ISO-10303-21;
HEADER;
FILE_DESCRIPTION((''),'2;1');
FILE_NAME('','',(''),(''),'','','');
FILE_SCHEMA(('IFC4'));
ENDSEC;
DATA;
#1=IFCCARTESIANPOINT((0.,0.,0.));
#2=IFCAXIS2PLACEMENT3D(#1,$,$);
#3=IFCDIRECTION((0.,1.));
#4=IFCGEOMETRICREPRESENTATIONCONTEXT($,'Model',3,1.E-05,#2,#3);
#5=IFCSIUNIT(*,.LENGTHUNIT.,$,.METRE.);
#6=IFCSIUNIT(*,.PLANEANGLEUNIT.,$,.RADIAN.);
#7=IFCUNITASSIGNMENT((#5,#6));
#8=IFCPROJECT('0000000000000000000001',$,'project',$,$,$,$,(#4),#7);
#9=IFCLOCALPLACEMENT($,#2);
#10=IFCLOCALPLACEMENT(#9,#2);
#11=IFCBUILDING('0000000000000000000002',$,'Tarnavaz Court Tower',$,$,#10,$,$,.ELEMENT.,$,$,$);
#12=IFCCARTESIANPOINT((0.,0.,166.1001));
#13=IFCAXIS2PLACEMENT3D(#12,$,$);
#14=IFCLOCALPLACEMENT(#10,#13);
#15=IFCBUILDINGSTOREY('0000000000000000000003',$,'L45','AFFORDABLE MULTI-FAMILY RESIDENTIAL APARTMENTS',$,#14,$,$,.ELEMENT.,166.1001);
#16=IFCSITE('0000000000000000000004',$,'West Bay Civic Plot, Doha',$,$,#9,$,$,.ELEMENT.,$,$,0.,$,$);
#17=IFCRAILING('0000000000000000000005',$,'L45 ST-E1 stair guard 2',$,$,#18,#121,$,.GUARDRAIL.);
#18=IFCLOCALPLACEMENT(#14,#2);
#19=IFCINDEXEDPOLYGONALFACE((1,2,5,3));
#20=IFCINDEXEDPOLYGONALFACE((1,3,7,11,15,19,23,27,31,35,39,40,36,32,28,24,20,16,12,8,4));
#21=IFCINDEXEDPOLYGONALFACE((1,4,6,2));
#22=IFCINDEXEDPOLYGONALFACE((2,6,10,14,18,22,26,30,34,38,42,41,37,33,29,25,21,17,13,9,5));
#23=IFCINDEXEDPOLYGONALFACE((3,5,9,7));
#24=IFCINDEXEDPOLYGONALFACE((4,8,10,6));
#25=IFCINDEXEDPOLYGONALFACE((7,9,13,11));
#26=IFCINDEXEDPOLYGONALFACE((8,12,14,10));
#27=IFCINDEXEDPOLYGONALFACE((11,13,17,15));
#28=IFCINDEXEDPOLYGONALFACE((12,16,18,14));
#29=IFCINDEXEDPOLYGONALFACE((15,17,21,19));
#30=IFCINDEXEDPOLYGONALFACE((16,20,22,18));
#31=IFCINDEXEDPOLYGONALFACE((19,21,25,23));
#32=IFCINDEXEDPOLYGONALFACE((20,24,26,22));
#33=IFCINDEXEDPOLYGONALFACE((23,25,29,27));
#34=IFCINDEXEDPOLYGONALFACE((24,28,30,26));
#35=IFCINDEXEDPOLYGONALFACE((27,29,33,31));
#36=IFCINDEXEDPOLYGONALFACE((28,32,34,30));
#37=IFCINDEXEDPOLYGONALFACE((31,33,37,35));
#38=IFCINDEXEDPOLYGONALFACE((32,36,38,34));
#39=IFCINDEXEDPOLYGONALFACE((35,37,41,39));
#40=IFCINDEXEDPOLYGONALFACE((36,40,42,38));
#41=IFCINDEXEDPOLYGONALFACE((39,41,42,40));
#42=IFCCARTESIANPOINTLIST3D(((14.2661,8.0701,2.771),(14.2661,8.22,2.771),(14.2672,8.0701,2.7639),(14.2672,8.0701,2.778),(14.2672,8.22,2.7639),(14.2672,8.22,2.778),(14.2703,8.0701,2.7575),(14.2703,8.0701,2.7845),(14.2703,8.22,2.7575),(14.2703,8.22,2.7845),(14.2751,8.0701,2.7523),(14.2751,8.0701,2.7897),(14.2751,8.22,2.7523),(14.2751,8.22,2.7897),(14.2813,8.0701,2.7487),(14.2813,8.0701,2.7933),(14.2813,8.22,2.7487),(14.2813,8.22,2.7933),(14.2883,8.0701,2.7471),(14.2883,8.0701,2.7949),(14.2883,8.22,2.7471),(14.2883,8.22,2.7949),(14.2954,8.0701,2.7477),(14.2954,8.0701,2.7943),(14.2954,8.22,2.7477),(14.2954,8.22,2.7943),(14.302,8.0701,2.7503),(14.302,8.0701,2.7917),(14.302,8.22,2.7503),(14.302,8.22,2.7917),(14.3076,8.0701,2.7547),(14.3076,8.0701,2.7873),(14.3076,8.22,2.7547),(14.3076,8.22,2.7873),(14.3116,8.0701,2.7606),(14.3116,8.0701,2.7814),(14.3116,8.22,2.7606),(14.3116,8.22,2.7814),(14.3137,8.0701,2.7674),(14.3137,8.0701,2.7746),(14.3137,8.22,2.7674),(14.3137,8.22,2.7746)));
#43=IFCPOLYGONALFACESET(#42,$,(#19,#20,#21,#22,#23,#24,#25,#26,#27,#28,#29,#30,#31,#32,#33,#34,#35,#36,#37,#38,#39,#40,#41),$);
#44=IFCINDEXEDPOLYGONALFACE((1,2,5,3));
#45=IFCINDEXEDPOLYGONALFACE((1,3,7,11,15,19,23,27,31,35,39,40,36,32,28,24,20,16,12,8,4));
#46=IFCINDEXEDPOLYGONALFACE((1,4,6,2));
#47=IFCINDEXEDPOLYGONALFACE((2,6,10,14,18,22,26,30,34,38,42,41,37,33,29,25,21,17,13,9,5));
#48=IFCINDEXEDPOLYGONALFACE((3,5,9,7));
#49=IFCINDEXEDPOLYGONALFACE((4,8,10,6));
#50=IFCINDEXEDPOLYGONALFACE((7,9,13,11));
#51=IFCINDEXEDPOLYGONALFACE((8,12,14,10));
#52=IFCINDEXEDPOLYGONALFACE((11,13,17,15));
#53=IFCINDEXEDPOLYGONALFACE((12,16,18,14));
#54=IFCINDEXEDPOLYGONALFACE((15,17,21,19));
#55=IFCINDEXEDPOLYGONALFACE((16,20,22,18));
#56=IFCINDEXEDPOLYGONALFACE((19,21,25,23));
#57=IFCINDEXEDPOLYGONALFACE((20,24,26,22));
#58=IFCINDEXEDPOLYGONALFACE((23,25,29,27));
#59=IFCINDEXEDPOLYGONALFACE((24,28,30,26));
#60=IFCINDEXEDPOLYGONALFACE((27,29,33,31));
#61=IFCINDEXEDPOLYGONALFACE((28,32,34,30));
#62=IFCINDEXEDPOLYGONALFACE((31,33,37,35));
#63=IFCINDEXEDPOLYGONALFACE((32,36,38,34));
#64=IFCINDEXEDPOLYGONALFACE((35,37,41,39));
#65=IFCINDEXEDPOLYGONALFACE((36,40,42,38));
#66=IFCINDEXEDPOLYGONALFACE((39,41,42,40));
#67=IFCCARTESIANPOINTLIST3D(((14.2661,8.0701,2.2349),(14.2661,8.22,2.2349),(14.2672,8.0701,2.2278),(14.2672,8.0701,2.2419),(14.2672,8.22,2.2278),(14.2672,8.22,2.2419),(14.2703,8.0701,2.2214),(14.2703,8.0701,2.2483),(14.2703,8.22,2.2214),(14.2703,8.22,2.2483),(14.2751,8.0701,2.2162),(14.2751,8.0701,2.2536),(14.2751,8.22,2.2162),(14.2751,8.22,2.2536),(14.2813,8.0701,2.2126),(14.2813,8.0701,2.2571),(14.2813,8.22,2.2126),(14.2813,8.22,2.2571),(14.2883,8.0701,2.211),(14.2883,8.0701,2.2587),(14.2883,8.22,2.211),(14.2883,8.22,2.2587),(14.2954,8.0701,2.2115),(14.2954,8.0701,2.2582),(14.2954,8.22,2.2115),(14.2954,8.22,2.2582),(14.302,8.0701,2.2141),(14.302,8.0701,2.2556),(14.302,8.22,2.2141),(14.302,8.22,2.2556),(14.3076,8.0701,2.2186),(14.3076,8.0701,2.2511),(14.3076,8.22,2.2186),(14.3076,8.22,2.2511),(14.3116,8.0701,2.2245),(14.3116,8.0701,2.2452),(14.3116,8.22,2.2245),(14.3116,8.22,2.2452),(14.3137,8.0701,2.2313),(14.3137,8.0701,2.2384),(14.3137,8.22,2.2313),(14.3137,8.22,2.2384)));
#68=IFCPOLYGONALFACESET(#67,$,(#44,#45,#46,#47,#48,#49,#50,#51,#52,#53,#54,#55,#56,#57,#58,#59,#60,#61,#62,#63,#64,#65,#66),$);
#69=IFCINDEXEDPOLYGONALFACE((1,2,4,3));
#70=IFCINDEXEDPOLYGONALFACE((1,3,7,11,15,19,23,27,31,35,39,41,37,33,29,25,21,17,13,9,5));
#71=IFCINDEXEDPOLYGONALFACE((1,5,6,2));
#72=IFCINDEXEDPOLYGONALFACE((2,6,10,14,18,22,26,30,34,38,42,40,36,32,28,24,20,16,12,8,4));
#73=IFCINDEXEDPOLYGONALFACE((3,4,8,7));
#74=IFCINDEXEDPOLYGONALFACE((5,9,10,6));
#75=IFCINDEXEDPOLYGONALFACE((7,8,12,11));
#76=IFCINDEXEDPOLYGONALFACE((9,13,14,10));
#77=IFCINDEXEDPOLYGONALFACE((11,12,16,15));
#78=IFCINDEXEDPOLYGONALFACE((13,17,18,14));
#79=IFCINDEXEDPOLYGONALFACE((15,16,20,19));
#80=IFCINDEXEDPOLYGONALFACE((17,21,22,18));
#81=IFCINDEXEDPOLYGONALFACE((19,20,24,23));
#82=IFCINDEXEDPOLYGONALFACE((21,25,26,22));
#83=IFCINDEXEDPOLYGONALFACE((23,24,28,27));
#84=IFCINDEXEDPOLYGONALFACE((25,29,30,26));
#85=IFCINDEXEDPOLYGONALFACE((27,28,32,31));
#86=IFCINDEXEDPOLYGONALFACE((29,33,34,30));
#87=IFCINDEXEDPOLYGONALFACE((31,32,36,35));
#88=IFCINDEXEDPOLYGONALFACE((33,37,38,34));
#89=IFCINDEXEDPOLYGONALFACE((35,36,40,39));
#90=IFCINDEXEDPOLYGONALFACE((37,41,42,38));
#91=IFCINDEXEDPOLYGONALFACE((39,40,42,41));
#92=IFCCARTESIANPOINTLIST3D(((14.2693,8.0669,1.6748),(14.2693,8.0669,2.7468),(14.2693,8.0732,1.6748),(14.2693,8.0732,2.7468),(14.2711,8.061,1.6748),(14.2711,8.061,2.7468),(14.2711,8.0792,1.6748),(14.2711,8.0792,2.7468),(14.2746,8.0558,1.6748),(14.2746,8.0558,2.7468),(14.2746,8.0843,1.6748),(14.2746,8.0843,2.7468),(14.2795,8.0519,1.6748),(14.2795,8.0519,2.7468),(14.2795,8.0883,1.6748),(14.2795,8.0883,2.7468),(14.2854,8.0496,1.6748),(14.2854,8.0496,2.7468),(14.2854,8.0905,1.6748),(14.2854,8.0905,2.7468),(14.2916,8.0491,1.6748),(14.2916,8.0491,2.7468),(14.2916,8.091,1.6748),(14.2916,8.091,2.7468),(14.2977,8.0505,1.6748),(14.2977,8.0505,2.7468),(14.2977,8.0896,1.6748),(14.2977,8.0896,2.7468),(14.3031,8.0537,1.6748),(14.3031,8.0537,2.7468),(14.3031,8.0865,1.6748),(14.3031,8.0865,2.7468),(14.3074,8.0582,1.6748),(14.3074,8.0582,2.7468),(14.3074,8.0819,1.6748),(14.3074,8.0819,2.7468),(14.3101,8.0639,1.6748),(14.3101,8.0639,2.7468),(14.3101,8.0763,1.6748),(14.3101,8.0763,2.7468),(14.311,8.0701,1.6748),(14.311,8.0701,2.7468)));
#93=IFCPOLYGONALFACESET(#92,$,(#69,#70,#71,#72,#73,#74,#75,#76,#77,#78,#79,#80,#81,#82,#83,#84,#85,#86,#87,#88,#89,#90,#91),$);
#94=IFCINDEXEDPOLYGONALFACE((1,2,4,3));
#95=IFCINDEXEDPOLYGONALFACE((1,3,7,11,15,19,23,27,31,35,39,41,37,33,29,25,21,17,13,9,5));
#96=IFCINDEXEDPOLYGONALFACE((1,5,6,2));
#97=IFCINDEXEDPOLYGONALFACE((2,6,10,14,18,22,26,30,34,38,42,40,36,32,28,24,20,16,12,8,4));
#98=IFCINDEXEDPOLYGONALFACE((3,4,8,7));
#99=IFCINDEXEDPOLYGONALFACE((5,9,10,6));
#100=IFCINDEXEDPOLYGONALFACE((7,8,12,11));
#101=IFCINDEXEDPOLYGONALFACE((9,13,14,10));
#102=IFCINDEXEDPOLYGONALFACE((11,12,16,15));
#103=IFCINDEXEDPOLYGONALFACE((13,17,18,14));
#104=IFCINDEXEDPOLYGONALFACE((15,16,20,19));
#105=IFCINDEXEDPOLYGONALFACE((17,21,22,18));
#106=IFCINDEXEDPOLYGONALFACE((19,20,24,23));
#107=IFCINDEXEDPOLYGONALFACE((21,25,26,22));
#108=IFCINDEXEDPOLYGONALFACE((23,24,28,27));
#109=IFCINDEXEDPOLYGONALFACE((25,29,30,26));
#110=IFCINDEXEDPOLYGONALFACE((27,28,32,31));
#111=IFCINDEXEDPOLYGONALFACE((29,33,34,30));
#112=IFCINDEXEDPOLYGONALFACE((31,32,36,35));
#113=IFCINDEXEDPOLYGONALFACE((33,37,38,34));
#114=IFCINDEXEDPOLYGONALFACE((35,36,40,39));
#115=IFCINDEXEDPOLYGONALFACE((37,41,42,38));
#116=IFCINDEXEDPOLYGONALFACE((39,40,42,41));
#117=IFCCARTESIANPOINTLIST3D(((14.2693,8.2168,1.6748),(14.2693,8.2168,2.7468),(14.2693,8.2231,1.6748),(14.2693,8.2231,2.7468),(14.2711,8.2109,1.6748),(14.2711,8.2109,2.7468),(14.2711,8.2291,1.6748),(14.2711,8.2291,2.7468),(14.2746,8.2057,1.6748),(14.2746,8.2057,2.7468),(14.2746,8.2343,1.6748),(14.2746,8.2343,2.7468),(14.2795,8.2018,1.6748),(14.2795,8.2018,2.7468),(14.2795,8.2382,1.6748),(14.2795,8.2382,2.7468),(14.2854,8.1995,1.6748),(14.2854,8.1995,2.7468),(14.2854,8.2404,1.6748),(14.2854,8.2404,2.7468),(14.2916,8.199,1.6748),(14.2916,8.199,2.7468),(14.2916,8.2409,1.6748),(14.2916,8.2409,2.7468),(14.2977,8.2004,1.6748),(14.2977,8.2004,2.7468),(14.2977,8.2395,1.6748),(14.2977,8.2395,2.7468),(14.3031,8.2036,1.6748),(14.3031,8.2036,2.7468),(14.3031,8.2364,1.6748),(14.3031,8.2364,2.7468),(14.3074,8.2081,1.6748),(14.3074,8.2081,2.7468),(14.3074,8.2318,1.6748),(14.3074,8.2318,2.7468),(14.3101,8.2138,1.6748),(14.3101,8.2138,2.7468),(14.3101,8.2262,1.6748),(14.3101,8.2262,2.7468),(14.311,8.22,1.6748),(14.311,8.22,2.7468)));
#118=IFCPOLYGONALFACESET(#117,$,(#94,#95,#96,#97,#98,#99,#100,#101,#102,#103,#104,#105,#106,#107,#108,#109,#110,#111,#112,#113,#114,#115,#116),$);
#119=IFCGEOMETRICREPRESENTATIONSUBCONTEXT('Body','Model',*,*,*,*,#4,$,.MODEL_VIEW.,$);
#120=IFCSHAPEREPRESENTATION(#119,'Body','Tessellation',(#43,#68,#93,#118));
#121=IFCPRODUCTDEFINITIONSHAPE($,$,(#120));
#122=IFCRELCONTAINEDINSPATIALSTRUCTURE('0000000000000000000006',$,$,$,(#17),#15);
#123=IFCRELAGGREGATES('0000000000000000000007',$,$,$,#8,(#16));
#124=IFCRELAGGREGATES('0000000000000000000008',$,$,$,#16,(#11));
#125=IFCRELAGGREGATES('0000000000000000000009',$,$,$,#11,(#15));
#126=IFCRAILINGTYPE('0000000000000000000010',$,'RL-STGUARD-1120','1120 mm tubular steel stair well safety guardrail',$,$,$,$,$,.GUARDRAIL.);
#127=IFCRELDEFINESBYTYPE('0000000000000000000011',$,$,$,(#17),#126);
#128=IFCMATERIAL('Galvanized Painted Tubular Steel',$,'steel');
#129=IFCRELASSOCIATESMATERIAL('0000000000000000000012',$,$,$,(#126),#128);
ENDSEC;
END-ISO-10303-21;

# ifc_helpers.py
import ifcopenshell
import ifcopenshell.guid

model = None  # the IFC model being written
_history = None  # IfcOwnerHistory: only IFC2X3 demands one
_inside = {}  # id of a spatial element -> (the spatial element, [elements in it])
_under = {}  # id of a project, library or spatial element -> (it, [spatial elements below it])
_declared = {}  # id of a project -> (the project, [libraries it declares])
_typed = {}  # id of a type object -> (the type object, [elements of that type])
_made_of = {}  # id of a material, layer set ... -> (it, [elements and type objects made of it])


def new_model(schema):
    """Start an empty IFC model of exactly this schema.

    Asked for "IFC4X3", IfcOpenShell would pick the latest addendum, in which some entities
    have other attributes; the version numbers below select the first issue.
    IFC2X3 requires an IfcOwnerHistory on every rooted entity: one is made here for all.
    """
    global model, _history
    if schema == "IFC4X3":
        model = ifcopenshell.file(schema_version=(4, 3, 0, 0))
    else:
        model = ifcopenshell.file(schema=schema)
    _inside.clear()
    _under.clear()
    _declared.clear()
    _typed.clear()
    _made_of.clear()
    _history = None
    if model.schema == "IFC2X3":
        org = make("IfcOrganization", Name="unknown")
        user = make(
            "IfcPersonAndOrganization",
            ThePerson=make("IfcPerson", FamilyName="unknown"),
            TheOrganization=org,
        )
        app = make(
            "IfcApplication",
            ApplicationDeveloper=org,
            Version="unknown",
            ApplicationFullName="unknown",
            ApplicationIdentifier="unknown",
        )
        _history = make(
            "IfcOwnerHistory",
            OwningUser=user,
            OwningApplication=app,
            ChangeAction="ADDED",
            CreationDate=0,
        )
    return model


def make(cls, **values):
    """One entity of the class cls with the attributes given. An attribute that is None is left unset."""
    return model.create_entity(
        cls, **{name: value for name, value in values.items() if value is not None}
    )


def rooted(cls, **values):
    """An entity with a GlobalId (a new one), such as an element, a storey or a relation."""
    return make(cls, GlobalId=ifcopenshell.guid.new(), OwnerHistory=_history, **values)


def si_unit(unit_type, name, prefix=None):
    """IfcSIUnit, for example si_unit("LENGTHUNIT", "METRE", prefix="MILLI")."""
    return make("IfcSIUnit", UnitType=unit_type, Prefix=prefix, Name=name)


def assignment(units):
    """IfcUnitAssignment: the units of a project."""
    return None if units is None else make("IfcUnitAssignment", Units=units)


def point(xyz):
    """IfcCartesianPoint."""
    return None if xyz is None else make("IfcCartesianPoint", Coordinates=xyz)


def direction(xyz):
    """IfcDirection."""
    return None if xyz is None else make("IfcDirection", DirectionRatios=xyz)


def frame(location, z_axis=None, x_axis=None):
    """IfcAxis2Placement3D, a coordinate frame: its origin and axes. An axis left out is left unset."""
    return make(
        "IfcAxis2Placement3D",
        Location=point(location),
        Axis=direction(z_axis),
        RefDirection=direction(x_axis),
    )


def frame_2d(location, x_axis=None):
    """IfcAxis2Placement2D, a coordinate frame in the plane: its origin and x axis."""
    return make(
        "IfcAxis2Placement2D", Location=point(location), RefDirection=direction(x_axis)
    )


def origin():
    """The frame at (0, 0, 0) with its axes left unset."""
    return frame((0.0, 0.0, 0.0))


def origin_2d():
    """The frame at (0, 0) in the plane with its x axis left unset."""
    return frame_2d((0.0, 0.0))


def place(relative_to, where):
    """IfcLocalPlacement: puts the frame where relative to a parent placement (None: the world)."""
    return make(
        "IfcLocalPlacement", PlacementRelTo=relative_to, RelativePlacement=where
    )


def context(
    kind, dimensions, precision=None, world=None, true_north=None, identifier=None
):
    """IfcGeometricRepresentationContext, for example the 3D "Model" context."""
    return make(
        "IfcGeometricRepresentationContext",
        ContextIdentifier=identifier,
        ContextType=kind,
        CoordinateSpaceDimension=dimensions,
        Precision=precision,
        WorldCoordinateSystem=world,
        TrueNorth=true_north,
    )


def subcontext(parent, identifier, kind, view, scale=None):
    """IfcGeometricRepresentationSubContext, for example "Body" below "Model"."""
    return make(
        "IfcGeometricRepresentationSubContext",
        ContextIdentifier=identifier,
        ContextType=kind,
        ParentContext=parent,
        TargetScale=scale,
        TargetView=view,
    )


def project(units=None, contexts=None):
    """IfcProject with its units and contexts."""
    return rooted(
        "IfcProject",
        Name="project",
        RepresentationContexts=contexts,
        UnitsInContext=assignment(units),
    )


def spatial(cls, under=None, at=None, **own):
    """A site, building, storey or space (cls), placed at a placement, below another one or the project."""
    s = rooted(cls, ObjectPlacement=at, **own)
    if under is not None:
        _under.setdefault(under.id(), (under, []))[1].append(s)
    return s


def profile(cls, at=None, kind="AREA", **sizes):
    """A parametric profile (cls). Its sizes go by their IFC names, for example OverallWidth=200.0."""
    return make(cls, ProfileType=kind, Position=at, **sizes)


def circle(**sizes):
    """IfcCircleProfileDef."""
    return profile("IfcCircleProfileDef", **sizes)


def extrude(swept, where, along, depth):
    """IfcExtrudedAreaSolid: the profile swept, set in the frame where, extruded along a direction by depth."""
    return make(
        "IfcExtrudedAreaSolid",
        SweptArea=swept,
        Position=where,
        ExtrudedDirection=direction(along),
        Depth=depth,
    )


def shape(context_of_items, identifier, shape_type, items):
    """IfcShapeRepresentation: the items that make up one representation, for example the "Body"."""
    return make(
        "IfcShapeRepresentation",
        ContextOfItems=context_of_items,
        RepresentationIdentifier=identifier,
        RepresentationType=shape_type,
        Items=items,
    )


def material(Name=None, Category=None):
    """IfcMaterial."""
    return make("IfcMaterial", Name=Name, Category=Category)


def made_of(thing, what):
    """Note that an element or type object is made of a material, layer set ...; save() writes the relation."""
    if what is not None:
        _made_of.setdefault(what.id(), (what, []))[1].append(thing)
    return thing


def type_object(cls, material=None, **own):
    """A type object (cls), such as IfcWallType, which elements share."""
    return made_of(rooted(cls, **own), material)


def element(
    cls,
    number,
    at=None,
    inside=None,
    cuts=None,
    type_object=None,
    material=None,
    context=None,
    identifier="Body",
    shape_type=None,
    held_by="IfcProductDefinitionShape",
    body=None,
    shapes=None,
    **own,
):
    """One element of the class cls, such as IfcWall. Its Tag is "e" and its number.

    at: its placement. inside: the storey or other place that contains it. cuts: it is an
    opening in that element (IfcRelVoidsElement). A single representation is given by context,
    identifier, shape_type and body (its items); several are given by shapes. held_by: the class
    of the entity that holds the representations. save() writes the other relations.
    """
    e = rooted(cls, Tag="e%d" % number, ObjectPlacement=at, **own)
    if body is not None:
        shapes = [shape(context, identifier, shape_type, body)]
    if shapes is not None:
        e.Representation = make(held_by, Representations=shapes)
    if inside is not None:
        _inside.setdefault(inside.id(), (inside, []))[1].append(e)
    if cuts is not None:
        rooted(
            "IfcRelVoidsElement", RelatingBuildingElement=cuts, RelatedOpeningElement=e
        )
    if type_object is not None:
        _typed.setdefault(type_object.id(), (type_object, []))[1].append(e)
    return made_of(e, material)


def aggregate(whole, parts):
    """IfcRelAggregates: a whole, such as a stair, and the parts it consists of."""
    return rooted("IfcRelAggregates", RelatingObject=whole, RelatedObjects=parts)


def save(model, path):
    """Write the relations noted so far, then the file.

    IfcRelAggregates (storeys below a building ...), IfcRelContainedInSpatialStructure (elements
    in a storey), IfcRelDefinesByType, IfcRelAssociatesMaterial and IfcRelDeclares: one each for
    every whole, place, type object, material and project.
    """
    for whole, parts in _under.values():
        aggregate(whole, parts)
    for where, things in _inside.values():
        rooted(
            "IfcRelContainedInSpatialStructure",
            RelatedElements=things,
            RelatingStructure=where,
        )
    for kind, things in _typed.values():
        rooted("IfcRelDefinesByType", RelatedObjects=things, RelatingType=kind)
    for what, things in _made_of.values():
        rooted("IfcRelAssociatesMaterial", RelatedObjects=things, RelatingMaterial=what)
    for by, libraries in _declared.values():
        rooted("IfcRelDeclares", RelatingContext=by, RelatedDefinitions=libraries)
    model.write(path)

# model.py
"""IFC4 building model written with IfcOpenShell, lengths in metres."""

from ifc_helpers import new_model, si_unit, direction, frame, origin, origin_2d, place, context, subcontext, project, spatial, circle, extrude, material, type_object, element, save


model = new_model("IFC4")

# Units and contexts
model_context = context("Model", 3, precision=1e-05, world=origin(), true_north=direction((0.0, 1.0)))
body_context = subcontext(model_context, "Body", "Model", "MODEL_VIEW")
ifc_project = project(units=[si_unit("LENGTHUNIT", "METRE"), si_unit("PLANEANGLEUNIT", "RADIAN")], contexts=[model_context])

# Site, building, storey
site_placement = place(None, origin())
site = spatial("IfcSite", under=ifc_project, at=site_placement, Name="West Bay Civic Plot, Doha", CompositionType="ELEMENT", RefElevation=0.0)
building_placement = place(site_placement, origin())
building = spatial("IfcBuilding", under=site, at=building_placement, Name="Tarnavaz Court Tower", CompositionType="ELEMENT")
storey_placement = place(building_placement, frame((0.0, 0.0, 166.1001)))
storey = spatial("IfcBuildingStorey", under=building, at=storey_placement, Name="L45", Description="AFFORDABLE MULTI-FAMILY RESIDENTIAL APARTMENTS", CompositionType="ELEMENT", Elevation=166.1001)

# Railing
ifc_material_1 = material(Name="Galvanized Painted Tubular Steel", Category="steel")
railing_type_1 = type_object("IfcRailingType", Name="RL-STGUARD-1120", Description="1120 mm tubular steel stair well safety guardrail", PredefinedType="GUARDRAIL", material=ifc_material_1)
railing_1_placement = place(storey_placement, frame((14.29, 8.0701, 1.6748)))
element("IfcRailing", 1, at=railing_1_placement, inside=storey, type_object=railing_type_1, Name="L45 ST-E1 stair guard 2", PredefinedType="GUARDRAIL", context=body_context, shape_type="SweptSolid", body=[
    extrude(circle(Radius=0.0239, at=origin_2d()), frame((0.0, 0.0, 1.0962), z_axis=(0.0, 1.0, 0.0), x_axis=(-1.0, 0.0, 0.0)), (0.0, 0.0, 1.0), 0.1499),
    extrude(circle(Radius=0.0239, at=origin_2d()), frame((0.0, 0.0, 0.5601), z_axis=(0.0, 1.0, 0.0), x_axis=(-1.0, 0.0, 0.0)), (0.0, 0.0, 1.0), 0.1499),
    extrude(circle(Radius=0.021, at=origin_2d()), origin(), (0.0, 0.0, 1.0), 1.072),
    extrude(circle(Radius=0.021, at=origin_2d()), frame((0.0, 0.1499, 0.0)), (0.0, 0.0, 1.0), 1.072),
])

save(model, "model.ifc")
